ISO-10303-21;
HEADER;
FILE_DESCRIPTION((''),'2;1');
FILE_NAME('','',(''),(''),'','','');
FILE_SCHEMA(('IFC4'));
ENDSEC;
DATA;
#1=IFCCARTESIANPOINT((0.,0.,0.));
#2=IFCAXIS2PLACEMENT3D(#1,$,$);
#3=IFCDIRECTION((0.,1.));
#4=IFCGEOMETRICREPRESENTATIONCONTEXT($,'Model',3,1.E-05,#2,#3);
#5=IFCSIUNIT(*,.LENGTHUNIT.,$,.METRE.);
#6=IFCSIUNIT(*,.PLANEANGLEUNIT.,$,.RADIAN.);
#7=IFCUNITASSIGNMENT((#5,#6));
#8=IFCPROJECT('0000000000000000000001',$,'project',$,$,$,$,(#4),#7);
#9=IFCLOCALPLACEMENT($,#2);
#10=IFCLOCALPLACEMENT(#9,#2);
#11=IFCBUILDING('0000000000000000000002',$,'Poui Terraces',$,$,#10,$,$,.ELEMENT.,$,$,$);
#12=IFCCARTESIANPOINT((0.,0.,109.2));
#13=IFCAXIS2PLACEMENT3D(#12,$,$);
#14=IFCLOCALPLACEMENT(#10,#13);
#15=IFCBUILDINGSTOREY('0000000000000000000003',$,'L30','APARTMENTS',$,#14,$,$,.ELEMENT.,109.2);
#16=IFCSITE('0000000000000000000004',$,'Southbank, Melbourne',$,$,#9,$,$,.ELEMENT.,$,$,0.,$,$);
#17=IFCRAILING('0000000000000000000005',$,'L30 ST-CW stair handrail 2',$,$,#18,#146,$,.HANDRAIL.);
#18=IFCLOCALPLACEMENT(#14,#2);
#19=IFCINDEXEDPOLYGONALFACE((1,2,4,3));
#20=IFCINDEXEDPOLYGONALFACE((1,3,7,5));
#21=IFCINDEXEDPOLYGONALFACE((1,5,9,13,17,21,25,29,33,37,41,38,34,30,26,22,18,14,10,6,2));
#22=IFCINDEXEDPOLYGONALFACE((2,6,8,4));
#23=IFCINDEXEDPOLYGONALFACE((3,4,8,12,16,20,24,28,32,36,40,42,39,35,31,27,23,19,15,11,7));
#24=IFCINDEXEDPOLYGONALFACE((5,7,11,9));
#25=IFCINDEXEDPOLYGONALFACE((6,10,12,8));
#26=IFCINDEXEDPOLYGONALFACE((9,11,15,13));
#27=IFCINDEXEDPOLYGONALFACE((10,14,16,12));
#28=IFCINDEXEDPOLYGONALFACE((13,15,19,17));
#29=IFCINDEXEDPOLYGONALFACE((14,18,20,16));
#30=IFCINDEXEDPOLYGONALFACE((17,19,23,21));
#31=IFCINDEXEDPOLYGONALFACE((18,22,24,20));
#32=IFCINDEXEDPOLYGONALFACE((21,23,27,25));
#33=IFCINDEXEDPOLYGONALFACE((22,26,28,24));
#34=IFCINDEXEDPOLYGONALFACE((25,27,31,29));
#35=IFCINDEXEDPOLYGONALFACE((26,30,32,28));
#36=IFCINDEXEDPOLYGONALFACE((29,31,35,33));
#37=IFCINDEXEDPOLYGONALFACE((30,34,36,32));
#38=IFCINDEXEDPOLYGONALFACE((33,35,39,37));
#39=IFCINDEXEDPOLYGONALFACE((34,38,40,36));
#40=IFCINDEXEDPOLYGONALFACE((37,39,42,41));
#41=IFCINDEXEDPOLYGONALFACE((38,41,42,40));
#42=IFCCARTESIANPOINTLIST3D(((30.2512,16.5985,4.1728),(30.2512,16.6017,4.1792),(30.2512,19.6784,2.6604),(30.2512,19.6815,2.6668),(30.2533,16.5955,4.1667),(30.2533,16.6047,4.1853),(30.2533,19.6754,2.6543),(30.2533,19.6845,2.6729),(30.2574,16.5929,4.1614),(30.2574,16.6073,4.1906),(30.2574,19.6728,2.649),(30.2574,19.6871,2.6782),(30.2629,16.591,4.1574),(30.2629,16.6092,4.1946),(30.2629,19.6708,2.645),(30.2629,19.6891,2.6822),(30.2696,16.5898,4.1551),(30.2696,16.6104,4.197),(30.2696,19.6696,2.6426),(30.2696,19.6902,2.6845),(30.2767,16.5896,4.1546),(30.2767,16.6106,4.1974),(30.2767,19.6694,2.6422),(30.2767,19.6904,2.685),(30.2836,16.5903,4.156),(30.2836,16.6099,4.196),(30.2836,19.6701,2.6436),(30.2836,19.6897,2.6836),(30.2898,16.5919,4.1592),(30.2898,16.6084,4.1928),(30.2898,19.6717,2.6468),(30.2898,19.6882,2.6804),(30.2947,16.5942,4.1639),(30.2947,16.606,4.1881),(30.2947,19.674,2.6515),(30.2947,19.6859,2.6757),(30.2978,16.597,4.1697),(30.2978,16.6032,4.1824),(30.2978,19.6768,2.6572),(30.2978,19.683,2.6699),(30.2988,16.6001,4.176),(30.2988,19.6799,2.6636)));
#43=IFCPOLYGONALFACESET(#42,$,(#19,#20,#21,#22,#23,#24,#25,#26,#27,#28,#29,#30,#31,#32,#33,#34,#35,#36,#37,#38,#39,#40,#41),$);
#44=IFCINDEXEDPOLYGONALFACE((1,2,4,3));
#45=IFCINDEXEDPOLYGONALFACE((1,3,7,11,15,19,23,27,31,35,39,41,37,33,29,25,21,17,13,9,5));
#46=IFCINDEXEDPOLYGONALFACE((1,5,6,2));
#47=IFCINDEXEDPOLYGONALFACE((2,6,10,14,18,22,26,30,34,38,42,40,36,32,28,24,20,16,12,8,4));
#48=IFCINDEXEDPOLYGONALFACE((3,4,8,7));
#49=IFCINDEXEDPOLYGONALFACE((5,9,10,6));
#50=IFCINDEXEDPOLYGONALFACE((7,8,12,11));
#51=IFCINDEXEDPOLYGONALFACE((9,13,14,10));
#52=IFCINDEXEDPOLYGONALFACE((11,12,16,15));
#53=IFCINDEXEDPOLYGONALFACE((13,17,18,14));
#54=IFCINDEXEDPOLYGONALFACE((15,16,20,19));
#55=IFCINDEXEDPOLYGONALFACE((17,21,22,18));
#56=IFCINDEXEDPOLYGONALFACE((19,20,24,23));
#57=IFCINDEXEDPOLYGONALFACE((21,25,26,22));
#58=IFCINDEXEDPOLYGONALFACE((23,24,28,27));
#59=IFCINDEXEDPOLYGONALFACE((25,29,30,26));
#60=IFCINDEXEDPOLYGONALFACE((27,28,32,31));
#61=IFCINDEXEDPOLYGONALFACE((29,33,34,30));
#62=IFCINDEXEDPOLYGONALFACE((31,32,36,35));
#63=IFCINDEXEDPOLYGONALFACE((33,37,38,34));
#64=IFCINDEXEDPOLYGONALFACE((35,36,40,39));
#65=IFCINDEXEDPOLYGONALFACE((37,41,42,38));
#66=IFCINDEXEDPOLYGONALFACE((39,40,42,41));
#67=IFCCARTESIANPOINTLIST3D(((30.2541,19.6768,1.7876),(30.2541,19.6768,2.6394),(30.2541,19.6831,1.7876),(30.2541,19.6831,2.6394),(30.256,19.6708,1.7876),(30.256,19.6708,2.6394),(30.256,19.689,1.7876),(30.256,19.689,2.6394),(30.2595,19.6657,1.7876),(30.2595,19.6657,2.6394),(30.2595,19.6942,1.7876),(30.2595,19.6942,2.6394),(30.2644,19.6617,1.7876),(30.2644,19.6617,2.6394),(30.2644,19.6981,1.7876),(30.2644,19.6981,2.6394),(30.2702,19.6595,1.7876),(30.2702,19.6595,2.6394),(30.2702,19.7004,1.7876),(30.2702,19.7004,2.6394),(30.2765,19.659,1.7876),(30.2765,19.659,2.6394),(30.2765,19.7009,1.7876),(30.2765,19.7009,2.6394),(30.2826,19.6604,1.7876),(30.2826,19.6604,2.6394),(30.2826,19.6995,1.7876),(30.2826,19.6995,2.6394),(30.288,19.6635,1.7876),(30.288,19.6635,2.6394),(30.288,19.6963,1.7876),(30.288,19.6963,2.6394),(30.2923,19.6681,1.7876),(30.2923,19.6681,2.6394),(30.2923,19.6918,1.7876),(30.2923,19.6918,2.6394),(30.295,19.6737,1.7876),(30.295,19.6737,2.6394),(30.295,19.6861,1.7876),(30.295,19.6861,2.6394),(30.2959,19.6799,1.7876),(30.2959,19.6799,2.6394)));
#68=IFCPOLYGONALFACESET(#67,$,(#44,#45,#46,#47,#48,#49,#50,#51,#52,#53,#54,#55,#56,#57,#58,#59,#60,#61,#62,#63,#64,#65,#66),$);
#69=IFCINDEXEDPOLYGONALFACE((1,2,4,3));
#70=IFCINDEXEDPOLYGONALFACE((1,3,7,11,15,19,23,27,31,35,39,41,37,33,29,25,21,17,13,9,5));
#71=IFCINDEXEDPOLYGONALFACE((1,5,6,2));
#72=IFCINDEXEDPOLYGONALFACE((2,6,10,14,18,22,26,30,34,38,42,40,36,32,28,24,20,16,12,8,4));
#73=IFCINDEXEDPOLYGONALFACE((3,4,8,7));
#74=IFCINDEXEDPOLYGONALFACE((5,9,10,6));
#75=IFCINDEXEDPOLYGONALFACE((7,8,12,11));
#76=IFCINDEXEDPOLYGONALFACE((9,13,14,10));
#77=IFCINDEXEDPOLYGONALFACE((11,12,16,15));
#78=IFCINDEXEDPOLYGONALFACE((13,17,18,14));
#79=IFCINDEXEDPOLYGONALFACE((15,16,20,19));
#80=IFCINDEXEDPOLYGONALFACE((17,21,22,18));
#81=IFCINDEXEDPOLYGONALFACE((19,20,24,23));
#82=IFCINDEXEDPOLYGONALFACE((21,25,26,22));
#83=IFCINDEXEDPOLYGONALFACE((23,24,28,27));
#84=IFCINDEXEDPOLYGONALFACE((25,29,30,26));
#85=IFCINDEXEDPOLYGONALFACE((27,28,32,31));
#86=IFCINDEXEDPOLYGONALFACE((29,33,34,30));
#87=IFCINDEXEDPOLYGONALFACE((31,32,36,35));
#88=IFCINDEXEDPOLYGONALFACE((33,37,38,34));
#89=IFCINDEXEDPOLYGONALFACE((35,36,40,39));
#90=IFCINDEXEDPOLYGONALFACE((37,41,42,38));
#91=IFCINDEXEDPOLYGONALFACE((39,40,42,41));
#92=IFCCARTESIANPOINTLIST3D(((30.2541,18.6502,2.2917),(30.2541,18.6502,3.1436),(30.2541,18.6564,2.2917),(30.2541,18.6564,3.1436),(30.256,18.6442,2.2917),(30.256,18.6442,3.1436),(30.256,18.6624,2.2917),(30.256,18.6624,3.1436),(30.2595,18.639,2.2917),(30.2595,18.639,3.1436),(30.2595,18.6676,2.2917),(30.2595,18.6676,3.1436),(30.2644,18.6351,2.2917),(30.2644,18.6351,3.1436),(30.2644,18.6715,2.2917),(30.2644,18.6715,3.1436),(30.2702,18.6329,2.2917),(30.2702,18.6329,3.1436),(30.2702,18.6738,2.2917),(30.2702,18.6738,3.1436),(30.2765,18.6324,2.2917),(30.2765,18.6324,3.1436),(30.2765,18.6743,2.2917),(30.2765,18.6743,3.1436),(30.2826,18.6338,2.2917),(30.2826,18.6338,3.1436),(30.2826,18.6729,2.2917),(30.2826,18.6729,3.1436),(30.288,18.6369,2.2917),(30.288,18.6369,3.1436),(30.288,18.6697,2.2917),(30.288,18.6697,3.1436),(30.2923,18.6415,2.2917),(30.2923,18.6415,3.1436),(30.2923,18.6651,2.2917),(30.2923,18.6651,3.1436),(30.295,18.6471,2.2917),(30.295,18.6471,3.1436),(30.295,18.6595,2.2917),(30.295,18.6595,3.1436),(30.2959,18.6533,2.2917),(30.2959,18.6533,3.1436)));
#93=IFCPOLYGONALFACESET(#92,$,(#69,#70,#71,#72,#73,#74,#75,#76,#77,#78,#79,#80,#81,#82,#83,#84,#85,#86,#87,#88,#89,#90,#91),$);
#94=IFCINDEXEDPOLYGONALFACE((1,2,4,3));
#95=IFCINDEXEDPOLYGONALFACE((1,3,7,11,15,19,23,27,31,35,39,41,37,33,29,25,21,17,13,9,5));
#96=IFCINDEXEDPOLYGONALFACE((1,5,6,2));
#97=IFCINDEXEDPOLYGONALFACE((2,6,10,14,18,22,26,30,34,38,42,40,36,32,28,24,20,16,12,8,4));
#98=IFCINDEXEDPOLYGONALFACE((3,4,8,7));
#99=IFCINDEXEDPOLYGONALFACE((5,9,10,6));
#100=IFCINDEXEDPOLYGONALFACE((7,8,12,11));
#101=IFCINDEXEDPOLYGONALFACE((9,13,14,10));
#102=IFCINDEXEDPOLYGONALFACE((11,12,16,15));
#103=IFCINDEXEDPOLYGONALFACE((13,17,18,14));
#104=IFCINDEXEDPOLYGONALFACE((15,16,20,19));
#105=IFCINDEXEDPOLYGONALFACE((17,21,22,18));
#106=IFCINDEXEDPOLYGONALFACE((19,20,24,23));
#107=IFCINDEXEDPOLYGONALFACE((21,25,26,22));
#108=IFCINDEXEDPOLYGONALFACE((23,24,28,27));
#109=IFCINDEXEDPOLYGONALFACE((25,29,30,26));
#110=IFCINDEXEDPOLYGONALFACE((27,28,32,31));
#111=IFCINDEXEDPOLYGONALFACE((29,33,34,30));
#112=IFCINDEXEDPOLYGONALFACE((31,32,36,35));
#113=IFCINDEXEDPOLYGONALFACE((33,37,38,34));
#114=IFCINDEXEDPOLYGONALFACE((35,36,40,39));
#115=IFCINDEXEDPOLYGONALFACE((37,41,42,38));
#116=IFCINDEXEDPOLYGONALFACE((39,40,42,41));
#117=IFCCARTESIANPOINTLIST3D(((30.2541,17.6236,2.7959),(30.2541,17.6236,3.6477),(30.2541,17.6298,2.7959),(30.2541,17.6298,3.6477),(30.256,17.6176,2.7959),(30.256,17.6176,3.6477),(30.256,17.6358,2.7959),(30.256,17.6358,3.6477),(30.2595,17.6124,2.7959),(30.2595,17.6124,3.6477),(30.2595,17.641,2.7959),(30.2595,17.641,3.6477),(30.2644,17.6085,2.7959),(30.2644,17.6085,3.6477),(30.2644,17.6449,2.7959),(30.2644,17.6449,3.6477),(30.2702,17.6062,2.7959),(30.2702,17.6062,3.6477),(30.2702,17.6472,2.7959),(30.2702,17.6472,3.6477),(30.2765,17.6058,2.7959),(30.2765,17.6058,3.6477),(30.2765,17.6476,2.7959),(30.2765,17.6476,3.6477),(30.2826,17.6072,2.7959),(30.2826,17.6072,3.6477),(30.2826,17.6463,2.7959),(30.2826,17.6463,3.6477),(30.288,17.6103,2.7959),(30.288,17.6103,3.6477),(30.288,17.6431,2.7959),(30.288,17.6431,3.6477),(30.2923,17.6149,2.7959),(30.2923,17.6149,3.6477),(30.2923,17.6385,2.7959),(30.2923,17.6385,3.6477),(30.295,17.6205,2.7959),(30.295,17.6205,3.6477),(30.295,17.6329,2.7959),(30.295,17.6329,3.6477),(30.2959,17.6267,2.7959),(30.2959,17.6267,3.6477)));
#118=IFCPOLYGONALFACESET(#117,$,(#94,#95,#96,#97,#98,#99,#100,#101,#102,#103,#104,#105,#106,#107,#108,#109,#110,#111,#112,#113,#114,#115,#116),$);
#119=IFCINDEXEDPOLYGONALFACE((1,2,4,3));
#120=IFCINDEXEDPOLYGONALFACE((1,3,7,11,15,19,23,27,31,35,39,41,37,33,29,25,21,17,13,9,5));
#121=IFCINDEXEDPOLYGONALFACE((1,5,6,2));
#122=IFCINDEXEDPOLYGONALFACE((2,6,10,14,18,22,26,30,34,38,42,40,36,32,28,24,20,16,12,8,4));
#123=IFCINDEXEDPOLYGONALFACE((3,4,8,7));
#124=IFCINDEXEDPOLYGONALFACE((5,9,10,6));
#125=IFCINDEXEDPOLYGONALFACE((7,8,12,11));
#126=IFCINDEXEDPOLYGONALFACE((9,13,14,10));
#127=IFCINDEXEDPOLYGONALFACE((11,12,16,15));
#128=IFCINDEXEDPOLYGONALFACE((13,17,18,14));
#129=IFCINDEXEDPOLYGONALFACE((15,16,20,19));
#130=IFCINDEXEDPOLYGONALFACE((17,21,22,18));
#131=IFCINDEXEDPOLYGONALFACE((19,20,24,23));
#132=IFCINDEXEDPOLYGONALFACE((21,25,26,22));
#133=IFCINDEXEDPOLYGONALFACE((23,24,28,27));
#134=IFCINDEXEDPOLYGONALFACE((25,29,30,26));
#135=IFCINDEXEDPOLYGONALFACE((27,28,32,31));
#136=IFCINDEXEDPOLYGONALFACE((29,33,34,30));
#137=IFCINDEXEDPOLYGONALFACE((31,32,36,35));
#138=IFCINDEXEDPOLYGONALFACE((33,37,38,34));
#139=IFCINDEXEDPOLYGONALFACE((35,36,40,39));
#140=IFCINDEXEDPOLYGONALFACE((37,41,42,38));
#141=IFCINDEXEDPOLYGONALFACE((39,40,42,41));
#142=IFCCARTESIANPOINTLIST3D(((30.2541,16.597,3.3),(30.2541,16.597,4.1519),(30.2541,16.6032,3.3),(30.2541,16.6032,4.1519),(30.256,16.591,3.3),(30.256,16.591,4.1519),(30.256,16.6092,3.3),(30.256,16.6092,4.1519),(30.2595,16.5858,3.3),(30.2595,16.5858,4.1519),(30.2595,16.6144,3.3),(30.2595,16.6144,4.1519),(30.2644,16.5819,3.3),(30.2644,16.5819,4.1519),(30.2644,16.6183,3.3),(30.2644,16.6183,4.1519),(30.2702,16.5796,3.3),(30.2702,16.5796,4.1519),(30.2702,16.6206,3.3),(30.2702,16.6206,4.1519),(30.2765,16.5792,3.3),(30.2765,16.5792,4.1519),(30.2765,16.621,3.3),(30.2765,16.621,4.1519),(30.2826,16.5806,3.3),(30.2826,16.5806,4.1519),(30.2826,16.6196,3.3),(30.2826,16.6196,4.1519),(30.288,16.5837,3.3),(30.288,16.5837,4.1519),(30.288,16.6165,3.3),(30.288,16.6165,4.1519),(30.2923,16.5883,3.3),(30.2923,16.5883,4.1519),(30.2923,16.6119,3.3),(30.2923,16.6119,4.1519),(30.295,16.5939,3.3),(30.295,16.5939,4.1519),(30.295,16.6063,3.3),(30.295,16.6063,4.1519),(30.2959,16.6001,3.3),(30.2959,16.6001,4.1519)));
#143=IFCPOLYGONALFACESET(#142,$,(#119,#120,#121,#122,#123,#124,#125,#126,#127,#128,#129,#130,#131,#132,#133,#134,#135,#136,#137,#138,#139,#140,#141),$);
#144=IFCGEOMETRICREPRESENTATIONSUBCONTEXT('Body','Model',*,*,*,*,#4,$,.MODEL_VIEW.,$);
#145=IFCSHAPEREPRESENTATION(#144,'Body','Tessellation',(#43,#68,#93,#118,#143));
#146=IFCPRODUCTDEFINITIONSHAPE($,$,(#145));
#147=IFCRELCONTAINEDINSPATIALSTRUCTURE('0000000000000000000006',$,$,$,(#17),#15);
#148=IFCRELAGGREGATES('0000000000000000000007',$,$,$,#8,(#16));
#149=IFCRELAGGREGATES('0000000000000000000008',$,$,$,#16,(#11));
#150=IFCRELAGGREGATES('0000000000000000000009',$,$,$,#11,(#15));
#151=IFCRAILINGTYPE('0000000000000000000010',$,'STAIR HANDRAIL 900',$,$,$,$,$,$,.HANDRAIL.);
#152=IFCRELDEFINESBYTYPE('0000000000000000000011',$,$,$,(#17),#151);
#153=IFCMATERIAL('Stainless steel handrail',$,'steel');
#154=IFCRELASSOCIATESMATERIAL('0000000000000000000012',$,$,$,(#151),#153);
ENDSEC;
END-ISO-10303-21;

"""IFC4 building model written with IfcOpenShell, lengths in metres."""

from ifc_helpers import new_model, si_unit, direction, frame, origin, origin_2d, place, context, subcontext, project, spatial, circle, extrude, material, type_object, element, save


model = new_model("IFC4")

# Units and contexts
model_context = context("Model", 3, precision=1e-05, world=origin(), true_north=direction((0.0, 1.0)))
body_context = subcontext(model_context, "Body", "Model", "MODEL_VIEW")
ifc_project = project(units=[si_unit("LENGTHUNIT", "METRE"), si_unit("PLANEANGLEUNIT", "RADIAN")], contexts=[model_context])

# Site, building, storey
site_placement = place(None, origin())
site = spatial("IfcSite", under=ifc_project, at=site_placement, Name="Southbank, Melbourne", CompositionType="ELEMENT", RefElevation=0.0)
building_placement = place(site_placement, origin())
building = spatial("IfcBuilding", under=site, at=building_placement, Name="Poui Terraces", CompositionType="ELEMENT")
storey_placement = place(building_placement, frame((0.0, 0.0, 109.2)))
storey = spatial("IfcBuildingStorey", under=building, at=storey_placement, Name="L30", Description="APARTMENTS", CompositionType="ELEMENT", Elevation=109.2)

# Railing
ifc_material_1 = material(Name="Stainless steel handrail", Category="steel")
railing_type_1 = type_object("IfcRailingType", Name="STAIR HANDRAIL 900", PredefinedType="HANDRAIL", material=ifc_material_1)
railing_1_placement = place(storey_placement, frame((30.2749, 19.6799, 1.7876)))
element("IfcRailing", 1, at=railing_1_placement, inside=storey, type_object=railing_type_1, Name="L30 ST-CW stair handrail 2", PredefinedType="HANDRAIL", context=body_context, shape_type="SweptSolid", body=[
    extrude(circle(Radius=0.0239, at=origin_2d()), frame((0.0, 0.0, 0.876), z_axis=(0.0, -0.897606, 0.440798), x_axis=(1.0, 0.0, 0.0)), (0.0, 0.0, 1.0), 3.4312),
    extrude(circle(Radius=0.021, at=origin_2d()), origin(), (0.0, 0.0, 1.0), 0.8518),
    extrude(circle(Radius=0.021, at=origin_2d()), frame((0.0, -1.0266, 0.5042)), (0.0, 0.0, 1.0), 0.8518),
    extrude(circle(Radius=0.021, at=origin_2d()), frame((0.0, -2.0532, 1.0083)), (0.0, 0.0, 1.0), 0.8518),
    extrude(circle(Radius=0.021, at=origin_2d()), frame((0.0, -3.0798, 1.5125)), (0.0, 0.0, 1.0), 0.8518),
])

save(model, "model.ifc")
